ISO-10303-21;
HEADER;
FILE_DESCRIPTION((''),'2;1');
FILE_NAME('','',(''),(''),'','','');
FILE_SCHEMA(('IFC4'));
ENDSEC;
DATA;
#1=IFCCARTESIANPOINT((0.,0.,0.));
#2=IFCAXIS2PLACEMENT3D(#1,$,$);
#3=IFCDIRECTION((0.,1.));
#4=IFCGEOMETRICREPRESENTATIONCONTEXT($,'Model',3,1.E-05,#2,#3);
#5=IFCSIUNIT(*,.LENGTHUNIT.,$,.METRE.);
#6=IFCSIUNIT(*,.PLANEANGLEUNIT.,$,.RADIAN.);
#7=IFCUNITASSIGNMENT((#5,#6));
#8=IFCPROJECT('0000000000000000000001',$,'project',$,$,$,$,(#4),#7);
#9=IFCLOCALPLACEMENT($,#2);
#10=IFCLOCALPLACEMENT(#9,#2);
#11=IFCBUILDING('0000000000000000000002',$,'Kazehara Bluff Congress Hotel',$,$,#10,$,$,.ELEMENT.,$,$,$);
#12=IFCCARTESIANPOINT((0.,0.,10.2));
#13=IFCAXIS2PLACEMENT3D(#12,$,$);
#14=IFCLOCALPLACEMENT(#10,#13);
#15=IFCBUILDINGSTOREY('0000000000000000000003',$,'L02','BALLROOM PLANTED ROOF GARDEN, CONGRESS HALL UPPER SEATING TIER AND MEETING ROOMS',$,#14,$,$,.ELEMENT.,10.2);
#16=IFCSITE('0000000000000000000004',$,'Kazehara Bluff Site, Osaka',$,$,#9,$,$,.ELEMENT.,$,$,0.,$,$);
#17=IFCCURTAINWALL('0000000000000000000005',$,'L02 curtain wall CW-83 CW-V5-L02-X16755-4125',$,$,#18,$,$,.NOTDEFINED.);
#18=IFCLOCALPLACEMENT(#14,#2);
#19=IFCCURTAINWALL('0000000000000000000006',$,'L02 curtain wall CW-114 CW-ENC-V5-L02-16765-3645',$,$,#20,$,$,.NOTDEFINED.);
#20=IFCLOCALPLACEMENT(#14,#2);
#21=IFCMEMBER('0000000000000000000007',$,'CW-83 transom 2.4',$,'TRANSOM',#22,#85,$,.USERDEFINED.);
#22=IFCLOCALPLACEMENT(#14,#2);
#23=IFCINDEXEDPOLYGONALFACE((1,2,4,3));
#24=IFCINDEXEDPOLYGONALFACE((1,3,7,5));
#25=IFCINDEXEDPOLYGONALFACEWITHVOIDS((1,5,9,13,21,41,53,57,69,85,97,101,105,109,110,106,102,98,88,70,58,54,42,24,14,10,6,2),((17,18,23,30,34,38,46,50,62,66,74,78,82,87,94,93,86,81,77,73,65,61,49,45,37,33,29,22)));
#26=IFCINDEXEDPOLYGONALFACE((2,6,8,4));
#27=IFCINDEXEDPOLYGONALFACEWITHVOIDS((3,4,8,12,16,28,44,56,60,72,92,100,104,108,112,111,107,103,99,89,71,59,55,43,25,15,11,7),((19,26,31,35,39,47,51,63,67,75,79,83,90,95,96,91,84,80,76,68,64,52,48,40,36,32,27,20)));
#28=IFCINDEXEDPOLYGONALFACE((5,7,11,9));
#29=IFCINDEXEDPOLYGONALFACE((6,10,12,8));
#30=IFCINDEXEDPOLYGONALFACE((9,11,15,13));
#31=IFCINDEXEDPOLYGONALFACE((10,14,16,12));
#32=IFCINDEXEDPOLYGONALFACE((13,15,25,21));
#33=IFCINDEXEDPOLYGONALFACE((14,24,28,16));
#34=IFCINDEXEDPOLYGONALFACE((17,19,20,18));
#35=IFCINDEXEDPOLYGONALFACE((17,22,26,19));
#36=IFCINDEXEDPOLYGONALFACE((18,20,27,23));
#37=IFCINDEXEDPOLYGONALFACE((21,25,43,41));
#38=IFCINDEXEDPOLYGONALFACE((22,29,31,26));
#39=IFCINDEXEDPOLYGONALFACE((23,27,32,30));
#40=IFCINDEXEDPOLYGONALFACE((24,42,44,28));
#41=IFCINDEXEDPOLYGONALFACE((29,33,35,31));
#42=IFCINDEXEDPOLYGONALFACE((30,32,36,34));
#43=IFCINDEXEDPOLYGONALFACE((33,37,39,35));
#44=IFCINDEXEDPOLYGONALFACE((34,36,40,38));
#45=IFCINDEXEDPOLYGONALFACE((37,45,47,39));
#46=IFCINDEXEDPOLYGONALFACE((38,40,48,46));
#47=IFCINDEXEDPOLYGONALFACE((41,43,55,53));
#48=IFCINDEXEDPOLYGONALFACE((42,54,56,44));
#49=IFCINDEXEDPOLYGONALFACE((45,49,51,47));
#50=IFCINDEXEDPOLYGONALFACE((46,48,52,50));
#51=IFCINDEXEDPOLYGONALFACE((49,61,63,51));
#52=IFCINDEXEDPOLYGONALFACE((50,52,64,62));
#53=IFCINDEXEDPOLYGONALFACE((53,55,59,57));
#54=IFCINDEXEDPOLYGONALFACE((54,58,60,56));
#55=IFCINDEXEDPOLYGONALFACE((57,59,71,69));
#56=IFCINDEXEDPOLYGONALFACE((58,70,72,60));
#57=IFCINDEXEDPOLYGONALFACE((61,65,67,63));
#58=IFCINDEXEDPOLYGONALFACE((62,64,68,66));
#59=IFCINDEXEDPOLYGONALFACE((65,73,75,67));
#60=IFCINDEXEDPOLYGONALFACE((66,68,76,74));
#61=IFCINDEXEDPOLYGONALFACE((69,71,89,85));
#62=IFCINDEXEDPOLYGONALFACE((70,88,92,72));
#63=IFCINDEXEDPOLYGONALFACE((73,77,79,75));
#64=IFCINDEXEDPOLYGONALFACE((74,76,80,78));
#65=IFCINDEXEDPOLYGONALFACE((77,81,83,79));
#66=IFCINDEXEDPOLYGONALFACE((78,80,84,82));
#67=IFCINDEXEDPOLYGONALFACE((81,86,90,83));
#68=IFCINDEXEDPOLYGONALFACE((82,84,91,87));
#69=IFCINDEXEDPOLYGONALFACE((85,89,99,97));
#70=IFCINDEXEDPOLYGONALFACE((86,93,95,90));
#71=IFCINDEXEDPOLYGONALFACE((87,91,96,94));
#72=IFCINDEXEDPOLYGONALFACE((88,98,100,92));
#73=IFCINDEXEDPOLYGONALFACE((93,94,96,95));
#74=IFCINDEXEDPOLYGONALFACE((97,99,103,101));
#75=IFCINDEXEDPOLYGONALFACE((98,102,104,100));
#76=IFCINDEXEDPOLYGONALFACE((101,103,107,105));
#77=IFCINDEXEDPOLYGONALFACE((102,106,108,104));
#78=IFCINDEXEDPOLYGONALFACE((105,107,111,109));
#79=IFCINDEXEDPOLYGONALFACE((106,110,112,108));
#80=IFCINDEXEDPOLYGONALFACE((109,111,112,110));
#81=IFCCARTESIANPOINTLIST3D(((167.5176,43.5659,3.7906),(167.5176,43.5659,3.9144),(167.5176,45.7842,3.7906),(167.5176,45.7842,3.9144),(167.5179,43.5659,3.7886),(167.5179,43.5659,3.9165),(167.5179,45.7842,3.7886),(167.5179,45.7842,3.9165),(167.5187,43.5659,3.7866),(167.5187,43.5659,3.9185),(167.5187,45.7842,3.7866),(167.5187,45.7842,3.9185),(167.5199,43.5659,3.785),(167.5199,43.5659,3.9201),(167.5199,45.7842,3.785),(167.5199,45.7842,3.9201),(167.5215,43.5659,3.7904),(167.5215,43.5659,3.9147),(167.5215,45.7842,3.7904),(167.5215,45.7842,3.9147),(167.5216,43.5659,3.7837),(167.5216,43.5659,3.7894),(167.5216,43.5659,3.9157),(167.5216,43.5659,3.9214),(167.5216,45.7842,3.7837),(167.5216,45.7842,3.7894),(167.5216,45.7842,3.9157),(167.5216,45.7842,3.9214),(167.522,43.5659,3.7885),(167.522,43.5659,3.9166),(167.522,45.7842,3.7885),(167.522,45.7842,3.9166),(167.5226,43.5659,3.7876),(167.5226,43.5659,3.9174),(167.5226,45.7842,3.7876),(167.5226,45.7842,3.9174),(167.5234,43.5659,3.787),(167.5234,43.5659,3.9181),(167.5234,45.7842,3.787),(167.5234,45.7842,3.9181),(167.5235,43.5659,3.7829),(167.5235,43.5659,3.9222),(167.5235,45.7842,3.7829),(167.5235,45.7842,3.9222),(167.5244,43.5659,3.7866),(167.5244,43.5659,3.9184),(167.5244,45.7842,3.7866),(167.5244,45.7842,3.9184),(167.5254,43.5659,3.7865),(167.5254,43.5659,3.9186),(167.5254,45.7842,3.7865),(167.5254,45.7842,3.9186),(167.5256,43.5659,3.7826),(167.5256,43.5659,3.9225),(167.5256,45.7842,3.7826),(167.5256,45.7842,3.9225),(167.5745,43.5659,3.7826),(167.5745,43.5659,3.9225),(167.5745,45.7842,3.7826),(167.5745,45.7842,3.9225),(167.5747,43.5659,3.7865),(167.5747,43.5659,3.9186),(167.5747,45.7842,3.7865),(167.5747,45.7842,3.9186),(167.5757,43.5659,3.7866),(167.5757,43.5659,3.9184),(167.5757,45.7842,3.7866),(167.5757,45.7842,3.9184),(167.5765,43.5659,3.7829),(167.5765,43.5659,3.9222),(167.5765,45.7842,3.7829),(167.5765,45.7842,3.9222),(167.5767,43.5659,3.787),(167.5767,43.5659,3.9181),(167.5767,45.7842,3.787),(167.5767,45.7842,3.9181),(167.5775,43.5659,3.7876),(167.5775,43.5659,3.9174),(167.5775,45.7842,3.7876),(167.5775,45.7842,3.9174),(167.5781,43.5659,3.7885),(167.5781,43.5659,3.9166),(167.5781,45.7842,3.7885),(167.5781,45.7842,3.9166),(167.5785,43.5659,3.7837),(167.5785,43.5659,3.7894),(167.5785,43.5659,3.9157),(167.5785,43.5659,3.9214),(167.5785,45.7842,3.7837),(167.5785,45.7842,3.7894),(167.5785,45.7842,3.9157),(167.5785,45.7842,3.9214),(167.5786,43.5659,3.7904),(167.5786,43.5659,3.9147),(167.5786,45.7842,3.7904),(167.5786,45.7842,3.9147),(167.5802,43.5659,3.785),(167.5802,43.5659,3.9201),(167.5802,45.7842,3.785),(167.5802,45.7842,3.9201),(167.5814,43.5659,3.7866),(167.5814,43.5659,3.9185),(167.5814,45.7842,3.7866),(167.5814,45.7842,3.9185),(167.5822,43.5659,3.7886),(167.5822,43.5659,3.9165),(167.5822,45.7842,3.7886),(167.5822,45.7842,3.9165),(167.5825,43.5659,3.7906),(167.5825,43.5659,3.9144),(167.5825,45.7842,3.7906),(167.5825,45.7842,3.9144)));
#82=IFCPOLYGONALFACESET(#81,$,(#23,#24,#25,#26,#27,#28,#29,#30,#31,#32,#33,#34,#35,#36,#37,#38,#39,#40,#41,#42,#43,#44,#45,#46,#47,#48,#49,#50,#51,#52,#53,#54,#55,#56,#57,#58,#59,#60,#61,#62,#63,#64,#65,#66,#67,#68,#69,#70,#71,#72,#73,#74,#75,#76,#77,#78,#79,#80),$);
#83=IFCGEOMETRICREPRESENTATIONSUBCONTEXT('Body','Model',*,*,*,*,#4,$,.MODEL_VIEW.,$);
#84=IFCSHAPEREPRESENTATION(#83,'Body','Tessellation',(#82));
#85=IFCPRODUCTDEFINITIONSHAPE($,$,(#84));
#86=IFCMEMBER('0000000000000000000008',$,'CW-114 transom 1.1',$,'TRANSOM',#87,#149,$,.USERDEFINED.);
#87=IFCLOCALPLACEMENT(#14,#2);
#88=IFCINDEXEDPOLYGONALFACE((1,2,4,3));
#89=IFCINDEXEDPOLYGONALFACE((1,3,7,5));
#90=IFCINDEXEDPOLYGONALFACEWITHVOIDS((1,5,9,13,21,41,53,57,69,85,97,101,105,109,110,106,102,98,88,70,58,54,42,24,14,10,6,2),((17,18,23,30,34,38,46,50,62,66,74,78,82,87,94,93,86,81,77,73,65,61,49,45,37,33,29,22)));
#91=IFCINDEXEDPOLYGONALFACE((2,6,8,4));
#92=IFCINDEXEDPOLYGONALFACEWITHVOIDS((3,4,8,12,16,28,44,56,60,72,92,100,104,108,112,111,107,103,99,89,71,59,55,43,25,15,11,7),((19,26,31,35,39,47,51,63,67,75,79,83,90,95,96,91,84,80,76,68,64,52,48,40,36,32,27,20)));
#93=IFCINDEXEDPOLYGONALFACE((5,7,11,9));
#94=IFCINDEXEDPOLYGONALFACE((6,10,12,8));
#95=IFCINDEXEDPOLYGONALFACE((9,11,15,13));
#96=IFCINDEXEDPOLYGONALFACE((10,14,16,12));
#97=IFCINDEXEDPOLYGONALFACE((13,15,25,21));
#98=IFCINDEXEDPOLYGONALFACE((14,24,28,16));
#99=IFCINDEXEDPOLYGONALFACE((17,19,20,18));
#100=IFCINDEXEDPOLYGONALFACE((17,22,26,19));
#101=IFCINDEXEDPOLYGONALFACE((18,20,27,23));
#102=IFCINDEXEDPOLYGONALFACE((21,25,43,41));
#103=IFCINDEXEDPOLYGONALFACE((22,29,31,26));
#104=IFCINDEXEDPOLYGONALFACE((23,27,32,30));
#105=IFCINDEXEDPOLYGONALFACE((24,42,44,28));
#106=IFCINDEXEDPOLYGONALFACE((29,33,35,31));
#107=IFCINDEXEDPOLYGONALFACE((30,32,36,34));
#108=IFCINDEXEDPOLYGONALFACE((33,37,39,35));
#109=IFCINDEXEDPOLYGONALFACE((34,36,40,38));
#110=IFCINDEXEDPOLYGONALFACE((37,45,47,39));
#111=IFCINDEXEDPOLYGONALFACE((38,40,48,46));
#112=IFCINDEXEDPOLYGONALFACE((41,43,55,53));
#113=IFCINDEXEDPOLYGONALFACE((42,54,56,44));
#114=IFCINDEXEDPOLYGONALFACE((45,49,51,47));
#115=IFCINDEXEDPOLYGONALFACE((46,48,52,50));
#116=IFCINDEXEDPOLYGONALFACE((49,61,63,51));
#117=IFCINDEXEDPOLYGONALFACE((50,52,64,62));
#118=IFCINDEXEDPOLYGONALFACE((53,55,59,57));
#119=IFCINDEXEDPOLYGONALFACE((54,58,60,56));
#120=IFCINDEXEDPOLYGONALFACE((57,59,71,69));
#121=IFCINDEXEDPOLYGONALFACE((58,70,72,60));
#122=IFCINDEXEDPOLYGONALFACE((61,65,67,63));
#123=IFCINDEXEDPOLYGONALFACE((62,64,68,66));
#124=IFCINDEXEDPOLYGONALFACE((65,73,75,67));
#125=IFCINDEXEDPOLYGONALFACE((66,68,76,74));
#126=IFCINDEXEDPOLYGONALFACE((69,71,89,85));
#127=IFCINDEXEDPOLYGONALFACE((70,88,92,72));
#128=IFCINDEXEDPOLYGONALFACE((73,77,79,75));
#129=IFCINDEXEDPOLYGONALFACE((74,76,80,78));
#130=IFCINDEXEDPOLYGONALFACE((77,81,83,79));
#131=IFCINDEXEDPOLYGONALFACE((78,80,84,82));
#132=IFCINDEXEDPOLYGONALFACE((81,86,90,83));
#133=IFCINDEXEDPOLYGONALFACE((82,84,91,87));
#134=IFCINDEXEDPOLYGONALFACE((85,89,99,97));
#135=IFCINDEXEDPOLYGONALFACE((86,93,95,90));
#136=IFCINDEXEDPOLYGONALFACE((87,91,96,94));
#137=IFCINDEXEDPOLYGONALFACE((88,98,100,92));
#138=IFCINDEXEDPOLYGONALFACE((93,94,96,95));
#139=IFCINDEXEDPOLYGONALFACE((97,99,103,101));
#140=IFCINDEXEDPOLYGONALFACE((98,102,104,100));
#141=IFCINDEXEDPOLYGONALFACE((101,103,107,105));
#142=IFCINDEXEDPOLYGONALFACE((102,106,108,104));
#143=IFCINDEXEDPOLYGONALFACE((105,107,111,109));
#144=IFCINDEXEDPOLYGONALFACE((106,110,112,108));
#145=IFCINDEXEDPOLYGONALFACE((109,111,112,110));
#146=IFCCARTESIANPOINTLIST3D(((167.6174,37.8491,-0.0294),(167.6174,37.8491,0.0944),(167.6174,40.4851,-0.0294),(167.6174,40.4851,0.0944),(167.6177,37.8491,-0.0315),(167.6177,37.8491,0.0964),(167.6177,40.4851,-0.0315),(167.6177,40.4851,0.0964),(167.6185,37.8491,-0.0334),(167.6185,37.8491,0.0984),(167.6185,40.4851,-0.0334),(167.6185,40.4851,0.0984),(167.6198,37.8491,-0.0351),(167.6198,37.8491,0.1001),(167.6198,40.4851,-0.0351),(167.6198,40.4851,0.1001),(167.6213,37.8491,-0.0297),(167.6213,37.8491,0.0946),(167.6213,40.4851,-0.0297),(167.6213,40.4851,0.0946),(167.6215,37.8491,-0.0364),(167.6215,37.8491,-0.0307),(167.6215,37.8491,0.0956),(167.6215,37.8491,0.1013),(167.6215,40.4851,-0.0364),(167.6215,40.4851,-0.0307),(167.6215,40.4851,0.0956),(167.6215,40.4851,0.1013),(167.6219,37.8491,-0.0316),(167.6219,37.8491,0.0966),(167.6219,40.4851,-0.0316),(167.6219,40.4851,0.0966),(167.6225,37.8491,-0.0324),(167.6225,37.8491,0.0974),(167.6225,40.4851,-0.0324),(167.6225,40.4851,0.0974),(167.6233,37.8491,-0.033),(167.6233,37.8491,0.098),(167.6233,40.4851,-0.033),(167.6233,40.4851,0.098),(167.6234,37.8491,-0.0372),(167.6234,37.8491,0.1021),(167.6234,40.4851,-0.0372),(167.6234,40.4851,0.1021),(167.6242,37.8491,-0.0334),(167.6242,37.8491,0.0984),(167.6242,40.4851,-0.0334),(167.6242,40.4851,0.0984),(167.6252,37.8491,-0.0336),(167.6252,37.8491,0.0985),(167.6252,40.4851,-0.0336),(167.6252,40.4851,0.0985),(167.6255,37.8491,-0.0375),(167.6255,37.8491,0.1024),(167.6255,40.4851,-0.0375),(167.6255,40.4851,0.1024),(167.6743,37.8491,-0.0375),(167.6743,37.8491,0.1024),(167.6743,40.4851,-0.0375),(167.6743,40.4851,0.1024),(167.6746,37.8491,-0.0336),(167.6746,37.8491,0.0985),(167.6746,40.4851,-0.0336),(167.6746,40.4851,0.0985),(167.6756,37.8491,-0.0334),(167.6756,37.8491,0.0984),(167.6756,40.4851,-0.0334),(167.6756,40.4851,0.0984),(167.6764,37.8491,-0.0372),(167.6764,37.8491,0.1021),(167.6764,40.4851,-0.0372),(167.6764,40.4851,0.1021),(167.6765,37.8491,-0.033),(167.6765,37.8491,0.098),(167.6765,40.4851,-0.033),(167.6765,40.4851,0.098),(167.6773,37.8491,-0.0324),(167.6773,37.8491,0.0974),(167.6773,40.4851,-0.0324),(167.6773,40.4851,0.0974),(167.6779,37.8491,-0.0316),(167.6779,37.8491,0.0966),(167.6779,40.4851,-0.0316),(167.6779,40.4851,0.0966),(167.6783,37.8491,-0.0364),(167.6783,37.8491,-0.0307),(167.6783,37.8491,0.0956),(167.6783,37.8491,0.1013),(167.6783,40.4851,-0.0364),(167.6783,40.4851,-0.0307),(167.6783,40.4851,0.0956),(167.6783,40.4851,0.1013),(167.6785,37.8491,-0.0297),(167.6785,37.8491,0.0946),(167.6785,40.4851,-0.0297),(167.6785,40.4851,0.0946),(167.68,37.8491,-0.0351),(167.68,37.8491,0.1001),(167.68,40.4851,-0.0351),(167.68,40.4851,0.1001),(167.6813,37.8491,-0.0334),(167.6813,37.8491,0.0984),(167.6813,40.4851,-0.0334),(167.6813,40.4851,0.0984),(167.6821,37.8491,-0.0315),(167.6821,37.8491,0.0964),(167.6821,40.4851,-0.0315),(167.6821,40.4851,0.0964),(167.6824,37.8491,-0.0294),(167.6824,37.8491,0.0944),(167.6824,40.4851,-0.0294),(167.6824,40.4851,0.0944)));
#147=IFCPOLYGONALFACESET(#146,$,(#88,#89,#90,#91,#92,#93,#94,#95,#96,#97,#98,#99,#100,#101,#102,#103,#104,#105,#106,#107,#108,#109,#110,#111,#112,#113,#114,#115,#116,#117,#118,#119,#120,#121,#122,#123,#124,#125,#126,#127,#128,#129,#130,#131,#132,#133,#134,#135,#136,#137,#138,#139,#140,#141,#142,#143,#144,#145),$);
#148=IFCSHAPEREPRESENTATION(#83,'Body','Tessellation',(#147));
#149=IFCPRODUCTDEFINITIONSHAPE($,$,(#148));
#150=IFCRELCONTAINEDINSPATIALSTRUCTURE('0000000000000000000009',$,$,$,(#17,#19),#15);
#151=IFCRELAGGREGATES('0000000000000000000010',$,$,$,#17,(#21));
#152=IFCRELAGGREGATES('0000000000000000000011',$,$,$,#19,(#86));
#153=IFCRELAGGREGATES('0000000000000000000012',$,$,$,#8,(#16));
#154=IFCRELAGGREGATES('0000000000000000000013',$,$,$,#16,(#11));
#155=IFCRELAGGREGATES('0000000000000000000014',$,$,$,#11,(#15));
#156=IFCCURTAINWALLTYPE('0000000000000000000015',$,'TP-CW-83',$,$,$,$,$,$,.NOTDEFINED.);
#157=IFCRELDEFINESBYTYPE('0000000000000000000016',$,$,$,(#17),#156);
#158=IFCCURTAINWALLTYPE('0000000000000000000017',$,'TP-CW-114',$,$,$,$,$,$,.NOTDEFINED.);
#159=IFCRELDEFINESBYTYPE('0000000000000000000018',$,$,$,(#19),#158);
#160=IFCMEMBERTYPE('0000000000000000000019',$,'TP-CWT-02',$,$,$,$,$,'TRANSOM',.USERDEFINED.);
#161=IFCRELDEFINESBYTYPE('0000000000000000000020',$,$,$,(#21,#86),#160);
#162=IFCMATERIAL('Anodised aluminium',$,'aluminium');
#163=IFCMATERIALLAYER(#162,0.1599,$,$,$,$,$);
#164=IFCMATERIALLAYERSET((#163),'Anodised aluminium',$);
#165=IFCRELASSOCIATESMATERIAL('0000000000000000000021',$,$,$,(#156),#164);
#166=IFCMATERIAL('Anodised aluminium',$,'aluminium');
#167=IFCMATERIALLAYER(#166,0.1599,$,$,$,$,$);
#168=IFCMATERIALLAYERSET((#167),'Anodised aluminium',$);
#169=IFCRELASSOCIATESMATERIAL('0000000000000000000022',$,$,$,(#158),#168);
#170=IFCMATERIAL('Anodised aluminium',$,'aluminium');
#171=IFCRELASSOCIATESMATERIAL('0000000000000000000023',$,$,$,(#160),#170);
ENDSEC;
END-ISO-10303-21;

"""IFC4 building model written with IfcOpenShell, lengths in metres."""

from ifc_helpers import new_model, si_unit, direction, frame, origin, origin_2d, place, context, subcontext, project, spatial, hollow_rectangle, extrude, material, layer, layer_set, material_profile, profile_set, type_object, element, aggregate, save


model = new_model("IFC4")

# Units and contexts
model_context = context("Model", 3, precision=1e-05, world=origin(), true_north=direction((0.0, 1.0)))
body_context = subcontext(model_context, "Body", "Model", "MODEL_VIEW")
ifc_project = project(units=[si_unit("LENGTHUNIT", "METRE"), si_unit("PLANEANGLEUNIT", "RADIAN")], contexts=[model_context])

# Site, building, storey
site_placement = place(None, origin())
site = spatial("IfcSite", under=ifc_project, at=site_placement, Name="Kazehara Bluff Site, Osaka", CompositionType="ELEMENT", RefElevation=0.0)
building_placement = place(site_placement, origin())
building = spatial("IfcBuilding", under=site, at=building_placement, Name="Kazehara Bluff Congress Hotel", CompositionType="ELEMENT")
storey_placement = place(building_placement, frame((0.0, 0.0, 10.2)))
storey = spatial("IfcBuildingStorey", under=building, at=storey_placement, Name="L02", Description="BALLROOM PLANTED ROOF GARDEN, CONGRESS HALL UPPER SEATING TIER AND MEETING ROOMS", CompositionType="ELEMENT", Elevation=10.2)

# Curtain wall
ifc_material_1 = material(Name="Anodised aluminium", Category="aluminium")
ifc_layer_1 = layer(ifc_material_1, 0.1599)
ifc_layer_set_1 = layer_set([ifc_layer_1], Name="Anodised aluminium")
curtain_wall_type_1 = type_object("IfcCurtainWallType", Name="TP-CW-83", PredefinedType="NOTDEFINED", material=ifc_layer_set_1)
curtain_wall_1_placement = place(storey_placement, origin())
curtain_wall_1 = element("IfcCurtainWall", 1, at=curtain_wall_1_placement, inside=storey, type_object=curtain_wall_type_1, Name="L02 curtain wall CW-83 CW-V5-L02-X16755-4125", PredefinedType="NOTDEFINED")

# Curtain wall
ifc_material_2 = material(Name="Anodised aluminium", Category="aluminium")
ifc_layer_2 = layer(ifc_material_2, 0.1599)
ifc_layer_set_2 = layer_set([ifc_layer_2], Name="Anodised aluminium")
curtain_wall_type_2 = type_object("IfcCurtainWallType", Name="TP-CW-114", PredefinedType="NOTDEFINED", material=ifc_layer_set_2)
curtain_wall_2_placement = place(storey_placement, origin())
curtain_wall_2 = element("IfcCurtainWall", 2, at=curtain_wall_2_placement, inside=storey, type_object=curtain_wall_type_2, Name="L02 curtain wall CW-114 CW-ENC-V5-L02-16765-3645", PredefinedType="NOTDEFINED")

# Members
ifc_material_3 = material(Name="Anodised aluminium", Category="aluminium")
ifc_material_profile_1 = material_profile(ifc_material_3, hollow_rectangle(XDim=0.0649, YDim=0.1399, WallThickness=0.0039, InnerFilletRadius=0.0039, OuterFilletRadius=0.0081, at=origin_2d()))
ifc_profile_set_1 = profile_set([ifc_material_profile_1], Name="Anodised aluminium")
member_type_1 = type_object("IfcMemberType", Name="TP-CWT-02", ElementType="TRANSOM", PredefinedType="USERDEFINED", material=ifc_profile_set_1)
member_1_placement = place(storey_placement, frame((167.55, 43.5659, 3.8525), z_axis=(0.0, 1.0, 0.0), x_axis=(-1.0, 0.0, 0.0)))
member_1 = element("IfcMember", 3, at=member_1_placement, type_object=member_type_1, Name="CW-83 transom 2.4", ObjectType="TRANSOM", PredefinedType="USERDEFINED", context=body_context, shape_type="SweptSolid", body=[
    extrude(hollow_rectangle(XDim=0.0649, YDim=0.1399, WallThickness=0.0039, InnerFilletRadius=0.0039, OuterFilletRadius=0.0081, at=origin_2d()), origin(), (0.0, 0.0, 1.0), 2.2183),
])
member_2_placement = place(storey_placement, frame((167.6499, 40.4851, 0.0325), z_axis=(0.0, -1.0, 0.0), x_axis=(1.0, 0.0, 0.0)))
member_2 = element("IfcMember", 4, at=member_2_placement, type_object=member_type_1, Name="CW-114 transom 1.1", ObjectType="TRANSOM", PredefinedType="USERDEFINED", context=body_context, shape_type="SweptSolid", body=[
    extrude(hollow_rectangle(XDim=0.0649, YDim=0.1399, WallThickness=0.0039, InnerFilletRadius=0.0039, OuterFilletRadius=0.0081, at=origin_2d()), origin(), (0.0, 0.0, 1.0), 2.636),
])

aggregate(curtain_wall_1, [member_1])
aggregate(curtain_wall_2, [member_2])

save(model, "model.ifc")
